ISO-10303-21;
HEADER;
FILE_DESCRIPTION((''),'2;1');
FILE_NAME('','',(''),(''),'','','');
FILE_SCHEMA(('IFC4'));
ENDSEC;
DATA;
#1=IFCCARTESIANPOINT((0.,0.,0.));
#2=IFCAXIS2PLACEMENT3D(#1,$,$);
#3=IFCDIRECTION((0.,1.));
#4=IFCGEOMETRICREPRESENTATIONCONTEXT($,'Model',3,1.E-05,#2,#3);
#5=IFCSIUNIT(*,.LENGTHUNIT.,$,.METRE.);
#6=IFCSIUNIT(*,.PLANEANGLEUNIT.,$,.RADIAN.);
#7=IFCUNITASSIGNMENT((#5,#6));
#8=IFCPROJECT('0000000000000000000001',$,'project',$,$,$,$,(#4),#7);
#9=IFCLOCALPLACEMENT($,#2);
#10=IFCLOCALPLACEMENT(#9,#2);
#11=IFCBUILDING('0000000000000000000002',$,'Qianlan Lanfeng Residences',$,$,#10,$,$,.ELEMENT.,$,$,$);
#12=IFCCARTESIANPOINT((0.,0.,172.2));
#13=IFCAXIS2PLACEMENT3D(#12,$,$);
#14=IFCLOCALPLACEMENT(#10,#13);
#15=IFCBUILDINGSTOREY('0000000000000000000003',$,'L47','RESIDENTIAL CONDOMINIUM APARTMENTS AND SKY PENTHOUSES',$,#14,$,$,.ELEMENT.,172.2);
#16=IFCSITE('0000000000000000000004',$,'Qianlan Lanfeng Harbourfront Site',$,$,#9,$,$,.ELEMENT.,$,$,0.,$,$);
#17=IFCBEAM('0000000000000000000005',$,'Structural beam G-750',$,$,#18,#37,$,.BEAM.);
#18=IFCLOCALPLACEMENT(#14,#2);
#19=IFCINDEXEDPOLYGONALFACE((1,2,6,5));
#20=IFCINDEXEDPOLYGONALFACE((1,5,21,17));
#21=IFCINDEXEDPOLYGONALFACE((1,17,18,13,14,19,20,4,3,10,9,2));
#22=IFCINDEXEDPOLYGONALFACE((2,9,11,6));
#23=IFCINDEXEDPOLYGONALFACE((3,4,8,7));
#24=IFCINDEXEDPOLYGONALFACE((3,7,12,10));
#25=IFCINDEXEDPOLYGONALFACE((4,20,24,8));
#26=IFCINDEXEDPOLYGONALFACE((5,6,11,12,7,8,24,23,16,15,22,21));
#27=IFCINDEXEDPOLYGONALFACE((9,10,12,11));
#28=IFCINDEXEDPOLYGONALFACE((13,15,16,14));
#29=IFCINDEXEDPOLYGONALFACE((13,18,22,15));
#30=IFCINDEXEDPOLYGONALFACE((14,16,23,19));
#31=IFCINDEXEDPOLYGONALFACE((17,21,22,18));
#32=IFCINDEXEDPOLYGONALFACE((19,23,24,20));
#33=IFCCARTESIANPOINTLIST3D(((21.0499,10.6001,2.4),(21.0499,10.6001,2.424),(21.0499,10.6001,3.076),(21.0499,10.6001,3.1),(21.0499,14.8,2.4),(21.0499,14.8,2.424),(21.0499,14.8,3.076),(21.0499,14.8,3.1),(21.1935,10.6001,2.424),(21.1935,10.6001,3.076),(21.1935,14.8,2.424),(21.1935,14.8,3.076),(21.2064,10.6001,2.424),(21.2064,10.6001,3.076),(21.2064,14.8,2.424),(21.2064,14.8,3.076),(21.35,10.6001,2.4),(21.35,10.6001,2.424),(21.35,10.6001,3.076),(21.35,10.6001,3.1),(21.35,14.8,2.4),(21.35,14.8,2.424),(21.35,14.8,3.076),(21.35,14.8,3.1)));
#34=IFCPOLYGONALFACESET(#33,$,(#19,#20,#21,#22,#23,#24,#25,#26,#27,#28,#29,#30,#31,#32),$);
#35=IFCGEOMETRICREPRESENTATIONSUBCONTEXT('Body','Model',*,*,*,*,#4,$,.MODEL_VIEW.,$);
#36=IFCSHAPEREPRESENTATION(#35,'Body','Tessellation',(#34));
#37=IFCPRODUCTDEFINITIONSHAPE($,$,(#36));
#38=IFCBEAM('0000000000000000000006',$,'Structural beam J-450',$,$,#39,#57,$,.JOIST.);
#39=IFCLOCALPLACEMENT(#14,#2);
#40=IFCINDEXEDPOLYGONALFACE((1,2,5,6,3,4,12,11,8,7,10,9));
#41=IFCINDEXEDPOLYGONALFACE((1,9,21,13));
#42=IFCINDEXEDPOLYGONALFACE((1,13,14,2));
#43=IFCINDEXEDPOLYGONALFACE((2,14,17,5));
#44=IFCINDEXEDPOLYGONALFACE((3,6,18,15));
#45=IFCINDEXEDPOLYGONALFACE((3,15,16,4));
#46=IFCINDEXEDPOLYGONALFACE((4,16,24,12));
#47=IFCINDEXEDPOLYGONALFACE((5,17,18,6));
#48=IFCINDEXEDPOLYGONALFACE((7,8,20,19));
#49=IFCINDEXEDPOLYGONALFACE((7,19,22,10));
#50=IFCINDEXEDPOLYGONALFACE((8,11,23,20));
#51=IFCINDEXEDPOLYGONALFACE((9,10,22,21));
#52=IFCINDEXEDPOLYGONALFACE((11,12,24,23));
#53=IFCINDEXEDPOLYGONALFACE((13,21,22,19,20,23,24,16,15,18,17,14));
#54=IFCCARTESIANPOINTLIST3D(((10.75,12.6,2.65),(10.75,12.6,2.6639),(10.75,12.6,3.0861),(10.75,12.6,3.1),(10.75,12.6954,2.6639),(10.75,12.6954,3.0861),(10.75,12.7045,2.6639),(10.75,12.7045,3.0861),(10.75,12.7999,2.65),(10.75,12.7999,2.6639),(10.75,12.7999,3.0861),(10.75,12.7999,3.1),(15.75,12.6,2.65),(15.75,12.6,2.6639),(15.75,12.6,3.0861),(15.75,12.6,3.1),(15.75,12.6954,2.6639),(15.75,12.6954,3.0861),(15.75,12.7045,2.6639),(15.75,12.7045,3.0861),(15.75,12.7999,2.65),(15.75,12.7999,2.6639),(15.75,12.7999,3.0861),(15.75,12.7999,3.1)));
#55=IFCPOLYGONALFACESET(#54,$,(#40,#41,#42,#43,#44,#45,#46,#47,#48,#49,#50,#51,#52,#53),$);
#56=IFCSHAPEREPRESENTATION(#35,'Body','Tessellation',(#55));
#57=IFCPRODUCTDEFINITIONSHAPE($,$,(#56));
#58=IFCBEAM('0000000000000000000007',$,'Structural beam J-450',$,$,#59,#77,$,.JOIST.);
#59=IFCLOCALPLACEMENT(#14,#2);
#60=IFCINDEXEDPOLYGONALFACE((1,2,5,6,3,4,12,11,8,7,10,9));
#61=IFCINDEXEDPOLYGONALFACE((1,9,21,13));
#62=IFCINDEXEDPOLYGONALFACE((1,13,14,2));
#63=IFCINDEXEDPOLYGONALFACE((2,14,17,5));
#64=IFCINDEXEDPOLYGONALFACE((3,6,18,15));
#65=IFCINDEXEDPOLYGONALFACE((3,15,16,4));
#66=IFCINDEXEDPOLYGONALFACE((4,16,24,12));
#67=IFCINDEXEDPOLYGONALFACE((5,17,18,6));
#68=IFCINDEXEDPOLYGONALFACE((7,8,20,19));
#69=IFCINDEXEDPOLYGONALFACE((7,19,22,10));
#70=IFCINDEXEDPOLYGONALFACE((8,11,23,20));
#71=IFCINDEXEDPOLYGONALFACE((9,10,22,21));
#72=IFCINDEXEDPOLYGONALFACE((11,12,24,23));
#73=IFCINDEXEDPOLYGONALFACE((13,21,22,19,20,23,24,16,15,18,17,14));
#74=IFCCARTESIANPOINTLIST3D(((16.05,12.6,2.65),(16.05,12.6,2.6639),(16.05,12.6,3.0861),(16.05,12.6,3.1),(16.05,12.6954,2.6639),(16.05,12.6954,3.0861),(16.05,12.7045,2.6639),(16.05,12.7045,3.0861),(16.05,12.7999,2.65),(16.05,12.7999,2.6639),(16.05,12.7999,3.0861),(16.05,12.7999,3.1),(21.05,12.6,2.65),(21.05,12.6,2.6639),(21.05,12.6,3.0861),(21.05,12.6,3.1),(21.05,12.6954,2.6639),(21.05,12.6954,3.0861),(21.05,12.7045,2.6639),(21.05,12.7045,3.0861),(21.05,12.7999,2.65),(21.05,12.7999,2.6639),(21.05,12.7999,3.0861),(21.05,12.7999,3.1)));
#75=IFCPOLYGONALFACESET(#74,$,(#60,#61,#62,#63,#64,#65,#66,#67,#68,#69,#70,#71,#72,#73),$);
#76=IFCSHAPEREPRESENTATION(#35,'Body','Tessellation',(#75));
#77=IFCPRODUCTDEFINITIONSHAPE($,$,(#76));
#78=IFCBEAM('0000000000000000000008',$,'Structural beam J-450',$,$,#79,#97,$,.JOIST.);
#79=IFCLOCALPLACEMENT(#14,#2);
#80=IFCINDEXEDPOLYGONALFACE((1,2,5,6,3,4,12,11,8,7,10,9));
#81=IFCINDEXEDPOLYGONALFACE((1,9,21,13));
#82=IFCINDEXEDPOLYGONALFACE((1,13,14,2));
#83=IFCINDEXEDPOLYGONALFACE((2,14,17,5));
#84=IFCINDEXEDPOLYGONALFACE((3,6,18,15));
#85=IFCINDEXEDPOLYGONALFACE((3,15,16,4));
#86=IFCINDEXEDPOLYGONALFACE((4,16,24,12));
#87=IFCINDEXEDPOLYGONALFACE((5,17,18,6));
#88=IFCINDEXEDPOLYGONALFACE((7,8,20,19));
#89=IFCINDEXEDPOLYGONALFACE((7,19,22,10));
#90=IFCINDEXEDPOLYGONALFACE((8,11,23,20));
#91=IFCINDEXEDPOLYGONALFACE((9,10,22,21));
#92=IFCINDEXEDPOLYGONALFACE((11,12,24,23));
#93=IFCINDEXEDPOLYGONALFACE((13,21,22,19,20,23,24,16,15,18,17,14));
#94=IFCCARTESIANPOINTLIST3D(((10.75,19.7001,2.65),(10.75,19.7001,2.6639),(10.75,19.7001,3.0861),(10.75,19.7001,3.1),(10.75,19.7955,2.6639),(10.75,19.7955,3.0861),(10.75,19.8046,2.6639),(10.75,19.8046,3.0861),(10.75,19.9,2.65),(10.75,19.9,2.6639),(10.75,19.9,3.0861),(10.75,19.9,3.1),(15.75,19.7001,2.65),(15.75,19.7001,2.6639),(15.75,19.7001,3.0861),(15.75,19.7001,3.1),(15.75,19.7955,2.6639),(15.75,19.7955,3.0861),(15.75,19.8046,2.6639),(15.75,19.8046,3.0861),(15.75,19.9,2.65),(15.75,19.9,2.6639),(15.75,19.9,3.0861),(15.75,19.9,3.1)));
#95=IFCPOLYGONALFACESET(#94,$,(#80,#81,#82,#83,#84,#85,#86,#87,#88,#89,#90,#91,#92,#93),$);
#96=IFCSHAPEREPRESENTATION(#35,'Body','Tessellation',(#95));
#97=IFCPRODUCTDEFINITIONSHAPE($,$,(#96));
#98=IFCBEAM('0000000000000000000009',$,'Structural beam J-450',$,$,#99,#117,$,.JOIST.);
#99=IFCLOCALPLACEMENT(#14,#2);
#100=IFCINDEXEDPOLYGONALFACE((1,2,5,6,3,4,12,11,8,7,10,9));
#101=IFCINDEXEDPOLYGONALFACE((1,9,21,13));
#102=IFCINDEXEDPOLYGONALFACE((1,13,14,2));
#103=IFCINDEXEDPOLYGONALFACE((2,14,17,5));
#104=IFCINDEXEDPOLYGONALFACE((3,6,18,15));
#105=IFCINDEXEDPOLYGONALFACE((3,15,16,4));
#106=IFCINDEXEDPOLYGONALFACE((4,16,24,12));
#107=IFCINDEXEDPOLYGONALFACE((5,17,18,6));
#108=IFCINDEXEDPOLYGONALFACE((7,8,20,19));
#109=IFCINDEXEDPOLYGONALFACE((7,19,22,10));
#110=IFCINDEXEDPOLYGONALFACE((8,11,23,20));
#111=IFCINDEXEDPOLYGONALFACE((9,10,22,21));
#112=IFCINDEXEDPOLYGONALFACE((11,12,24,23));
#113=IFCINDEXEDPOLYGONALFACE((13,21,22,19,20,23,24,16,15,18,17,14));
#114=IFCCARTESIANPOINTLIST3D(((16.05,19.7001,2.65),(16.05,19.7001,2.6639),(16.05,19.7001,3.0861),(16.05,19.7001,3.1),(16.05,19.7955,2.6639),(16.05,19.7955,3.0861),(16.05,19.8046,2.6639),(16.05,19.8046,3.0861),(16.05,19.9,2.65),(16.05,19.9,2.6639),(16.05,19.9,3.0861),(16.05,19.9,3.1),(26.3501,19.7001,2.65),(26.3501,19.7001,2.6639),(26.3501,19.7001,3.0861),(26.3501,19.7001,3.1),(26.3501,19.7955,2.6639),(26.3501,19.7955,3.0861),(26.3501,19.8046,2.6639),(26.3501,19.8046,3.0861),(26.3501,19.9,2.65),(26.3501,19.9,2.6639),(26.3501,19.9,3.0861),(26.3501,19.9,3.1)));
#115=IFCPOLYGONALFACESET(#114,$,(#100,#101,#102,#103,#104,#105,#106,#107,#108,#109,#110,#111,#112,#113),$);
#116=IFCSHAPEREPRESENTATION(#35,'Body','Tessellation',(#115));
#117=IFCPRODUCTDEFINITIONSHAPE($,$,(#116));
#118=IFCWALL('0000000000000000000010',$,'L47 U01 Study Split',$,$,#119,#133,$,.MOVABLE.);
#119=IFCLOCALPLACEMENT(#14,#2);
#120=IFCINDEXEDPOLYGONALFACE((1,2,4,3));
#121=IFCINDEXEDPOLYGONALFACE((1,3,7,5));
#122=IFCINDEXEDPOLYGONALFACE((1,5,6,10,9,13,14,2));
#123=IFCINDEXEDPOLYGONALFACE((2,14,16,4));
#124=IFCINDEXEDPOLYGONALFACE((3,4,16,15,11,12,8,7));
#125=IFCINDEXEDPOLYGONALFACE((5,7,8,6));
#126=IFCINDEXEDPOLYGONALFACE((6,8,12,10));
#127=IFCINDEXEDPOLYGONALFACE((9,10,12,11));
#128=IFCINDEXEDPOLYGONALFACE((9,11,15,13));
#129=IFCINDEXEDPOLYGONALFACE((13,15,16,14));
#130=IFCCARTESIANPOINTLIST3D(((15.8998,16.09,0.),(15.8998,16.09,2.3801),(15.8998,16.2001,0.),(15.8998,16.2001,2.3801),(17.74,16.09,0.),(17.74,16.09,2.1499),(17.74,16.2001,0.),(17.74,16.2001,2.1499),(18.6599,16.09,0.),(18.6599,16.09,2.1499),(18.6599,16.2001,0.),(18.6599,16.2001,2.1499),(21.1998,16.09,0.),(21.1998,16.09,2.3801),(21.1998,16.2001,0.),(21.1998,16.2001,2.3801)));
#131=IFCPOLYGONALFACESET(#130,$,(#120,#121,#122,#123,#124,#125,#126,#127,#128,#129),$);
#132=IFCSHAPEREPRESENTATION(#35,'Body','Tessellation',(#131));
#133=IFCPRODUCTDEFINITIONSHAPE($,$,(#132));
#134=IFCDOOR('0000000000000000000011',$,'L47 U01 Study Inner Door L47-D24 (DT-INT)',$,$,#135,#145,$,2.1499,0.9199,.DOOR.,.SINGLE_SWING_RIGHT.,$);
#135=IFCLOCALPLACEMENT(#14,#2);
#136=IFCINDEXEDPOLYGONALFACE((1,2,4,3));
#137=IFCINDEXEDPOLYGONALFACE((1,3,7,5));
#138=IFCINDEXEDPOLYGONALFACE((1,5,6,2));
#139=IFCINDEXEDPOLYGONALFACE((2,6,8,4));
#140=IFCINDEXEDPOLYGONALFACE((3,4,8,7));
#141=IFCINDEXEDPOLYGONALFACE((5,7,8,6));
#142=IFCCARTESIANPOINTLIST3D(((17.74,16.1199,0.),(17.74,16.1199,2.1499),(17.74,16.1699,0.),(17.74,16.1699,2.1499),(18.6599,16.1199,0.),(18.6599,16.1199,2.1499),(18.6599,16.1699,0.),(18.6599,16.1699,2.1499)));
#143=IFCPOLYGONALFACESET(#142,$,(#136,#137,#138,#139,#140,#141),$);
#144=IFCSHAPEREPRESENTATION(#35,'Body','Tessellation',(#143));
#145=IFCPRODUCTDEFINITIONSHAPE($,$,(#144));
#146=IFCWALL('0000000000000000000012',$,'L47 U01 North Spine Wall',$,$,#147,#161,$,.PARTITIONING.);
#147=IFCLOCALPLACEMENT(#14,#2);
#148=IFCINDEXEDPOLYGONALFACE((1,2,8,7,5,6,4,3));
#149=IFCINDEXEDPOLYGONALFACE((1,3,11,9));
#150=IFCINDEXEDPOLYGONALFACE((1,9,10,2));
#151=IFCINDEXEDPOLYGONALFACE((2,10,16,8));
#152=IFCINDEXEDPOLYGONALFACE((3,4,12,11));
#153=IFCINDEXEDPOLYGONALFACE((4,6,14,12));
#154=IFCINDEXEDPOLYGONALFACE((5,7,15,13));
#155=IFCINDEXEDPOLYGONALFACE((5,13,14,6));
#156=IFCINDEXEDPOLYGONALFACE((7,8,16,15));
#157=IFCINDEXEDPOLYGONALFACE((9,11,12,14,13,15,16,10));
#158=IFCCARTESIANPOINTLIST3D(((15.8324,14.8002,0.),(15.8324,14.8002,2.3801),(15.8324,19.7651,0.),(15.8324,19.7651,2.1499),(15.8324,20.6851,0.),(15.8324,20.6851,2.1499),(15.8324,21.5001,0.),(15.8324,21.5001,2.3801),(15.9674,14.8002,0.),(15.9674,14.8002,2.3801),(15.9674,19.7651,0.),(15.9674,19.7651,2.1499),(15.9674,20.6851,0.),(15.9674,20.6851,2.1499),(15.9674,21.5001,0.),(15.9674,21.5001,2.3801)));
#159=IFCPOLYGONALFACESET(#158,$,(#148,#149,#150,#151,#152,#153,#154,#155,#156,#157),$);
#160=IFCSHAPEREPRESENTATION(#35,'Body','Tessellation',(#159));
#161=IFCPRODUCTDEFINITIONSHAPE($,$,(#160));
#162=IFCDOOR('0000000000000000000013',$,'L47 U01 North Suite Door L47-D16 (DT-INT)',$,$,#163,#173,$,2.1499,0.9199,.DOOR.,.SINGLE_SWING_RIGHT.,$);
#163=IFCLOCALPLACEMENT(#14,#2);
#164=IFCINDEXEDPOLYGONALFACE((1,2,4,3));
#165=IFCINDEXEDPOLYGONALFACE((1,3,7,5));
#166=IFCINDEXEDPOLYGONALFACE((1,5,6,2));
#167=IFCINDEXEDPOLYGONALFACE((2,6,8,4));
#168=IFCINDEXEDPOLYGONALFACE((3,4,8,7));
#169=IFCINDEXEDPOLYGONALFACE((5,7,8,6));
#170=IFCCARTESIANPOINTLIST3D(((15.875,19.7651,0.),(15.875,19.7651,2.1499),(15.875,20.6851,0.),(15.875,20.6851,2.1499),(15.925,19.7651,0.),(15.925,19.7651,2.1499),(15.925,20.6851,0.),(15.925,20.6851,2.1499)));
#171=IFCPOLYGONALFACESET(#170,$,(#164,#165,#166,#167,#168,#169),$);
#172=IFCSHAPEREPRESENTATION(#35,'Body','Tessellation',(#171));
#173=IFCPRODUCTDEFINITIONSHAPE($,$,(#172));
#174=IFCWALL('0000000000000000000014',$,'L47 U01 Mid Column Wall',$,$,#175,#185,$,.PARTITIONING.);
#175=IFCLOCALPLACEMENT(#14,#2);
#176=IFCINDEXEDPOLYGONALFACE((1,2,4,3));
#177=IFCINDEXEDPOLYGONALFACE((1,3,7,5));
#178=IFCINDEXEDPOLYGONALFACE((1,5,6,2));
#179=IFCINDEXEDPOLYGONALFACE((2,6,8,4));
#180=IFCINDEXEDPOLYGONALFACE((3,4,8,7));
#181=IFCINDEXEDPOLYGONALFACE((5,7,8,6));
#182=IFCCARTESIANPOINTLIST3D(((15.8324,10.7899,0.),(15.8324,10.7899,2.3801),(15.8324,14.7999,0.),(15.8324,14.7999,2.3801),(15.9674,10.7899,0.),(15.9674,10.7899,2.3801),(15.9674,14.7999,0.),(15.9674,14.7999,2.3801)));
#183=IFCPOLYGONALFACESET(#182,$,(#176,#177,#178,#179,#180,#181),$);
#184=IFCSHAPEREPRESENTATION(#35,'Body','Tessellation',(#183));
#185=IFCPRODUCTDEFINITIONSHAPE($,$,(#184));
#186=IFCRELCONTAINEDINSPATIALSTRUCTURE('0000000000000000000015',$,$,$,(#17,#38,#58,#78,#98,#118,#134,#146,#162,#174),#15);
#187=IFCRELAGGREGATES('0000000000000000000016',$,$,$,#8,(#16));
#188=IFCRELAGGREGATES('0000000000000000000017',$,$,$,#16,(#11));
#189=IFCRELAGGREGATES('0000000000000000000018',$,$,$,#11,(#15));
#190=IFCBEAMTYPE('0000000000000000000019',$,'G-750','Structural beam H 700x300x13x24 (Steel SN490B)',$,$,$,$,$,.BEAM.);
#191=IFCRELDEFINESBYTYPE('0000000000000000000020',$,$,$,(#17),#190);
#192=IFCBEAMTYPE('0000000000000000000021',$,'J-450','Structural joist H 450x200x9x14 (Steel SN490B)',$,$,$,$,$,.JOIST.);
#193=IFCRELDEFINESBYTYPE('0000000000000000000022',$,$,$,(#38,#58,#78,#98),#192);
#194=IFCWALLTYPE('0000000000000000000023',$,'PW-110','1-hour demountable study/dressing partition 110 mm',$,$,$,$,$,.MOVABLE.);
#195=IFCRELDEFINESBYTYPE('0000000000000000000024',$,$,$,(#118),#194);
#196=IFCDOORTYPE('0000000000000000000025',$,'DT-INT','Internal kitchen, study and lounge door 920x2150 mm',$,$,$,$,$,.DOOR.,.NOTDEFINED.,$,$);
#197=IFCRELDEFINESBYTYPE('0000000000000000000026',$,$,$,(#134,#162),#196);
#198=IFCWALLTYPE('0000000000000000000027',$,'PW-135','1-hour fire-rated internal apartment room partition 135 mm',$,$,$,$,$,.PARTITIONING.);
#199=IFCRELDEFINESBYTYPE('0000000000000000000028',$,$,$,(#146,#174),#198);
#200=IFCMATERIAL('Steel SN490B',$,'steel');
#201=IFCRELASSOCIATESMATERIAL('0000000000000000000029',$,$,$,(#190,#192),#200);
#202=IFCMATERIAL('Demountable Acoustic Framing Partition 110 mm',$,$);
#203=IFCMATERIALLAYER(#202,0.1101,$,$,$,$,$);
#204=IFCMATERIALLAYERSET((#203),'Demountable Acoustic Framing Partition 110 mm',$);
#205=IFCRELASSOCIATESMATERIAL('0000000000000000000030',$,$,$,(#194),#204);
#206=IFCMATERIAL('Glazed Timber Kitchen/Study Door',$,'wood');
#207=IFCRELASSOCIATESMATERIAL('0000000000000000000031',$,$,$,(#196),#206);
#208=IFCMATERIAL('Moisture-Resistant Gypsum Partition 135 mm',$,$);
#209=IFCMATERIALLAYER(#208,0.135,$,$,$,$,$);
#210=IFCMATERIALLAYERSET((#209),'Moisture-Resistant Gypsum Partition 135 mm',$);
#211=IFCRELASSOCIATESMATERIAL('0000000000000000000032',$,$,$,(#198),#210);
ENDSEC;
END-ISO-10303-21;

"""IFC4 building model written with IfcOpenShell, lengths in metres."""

from ifc_helpers import new_model, si_unit, direction, frame, frame_2d, origin, origin_2d, place, context, subcontext, project, spatial, rectangle, i_section, extrude, material, layer, layer_set, material_profile, profile_set, type_object, element, fill, save


model = new_model("IFC4")

# Units and contexts
model_context = context("Model", 3, precision=1e-05, world=origin(), true_north=direction((0.0, 1.0)))
body_context = subcontext(model_context, "Body", "Model", "MODEL_VIEW")
ifc_project = project(units=[si_unit("LENGTHUNIT", "METRE"), si_unit("PLANEANGLEUNIT", "RADIAN")], contexts=[model_context])

# Site, building, storey
site_placement = place(None, origin())
site = spatial("IfcSite", under=ifc_project, at=site_placement, Name="Qianlan Lanfeng Harbourfront Site", CompositionType="ELEMENT", RefElevation=0.0)
building_placement = place(site_placement, origin())
building = spatial("IfcBuilding", under=site, at=building_placement, Name="Qianlan Lanfeng Residences", CompositionType="ELEMENT")
storey_placement = place(building_placement, frame((0.0, 0.0, 172.2)))
storey = spatial("IfcBuildingStorey", under=building, at=storey_placement, Name="L47", Description="RESIDENTIAL CONDOMINIUM APARTMENTS AND SKY PENTHOUSES", CompositionType="ELEMENT", Elevation=172.2)

# Shared definitions
ifc_material_1 = material(Name="Steel SN490B", Category="steel")

# Beams
ifc_material_profile_1 = material_profile(ifc_material_1, i_section(OverallWidth=0.3, OverallDepth=0.7, WebThickness=0.0129, FlangeThickness=0.0239, at=origin_2d()), Name="H 700x300x13x24")
ifc_profile_set_1 = profile_set([ifc_material_profile_1], Name="Steel SN490B")
beam_type_1 = type_object("IfcBeamType", Name="G-750", Description="Structural beam H 700x300x13x24 (Steel SN490B)", PredefinedType="BEAM", material=ifc_profile_set_1)
beam_1_placement = place(storey_placement, frame((21.2, 10.6001, 2.75), z_axis=(0.0, 1.0, 0.0), x_axis=(-1.0, 0.0, 0.0)))
element("IfcBeam", 1, at=beam_1_placement, inside=storey, type_object=beam_type_1, Name="Structural beam G-750", PredefinedType="BEAM", context=body_context, shape_type="SweptSolid", body=[
    extrude(i_section(OverallWidth=0.3, OverallDepth=0.7, WebThickness=0.0129, FlangeThickness=0.0239, at=origin_2d()), origin(), (0.0, 0.0, 1.0), 4.2),
])
ifc_material_profile_2 = material_profile(ifc_material_1, i_section(OverallWidth=0.2, OverallDepth=0.45, WebThickness=0.009, FlangeThickness=0.0139, at=origin_2d()), Name="H 450x200x9x14")
ifc_profile_set_2 = profile_set([ifc_material_profile_2], Name="Steel SN490B")
beam_type_2 = type_object("IfcBeamType", Name="J-450", Description="Structural joist H 450x200x9x14 (Steel SN490B)", PredefinedType="JOIST", material=ifc_profile_set_2)
for number, where, z_axis, x_axis, name in (
    (2, (10.75, 12.7, 2.875), (1.0, 0.0, 0.0), (0.0, 1.0, 0.0), "Structural beam J-450"),
    (3, (16.05, 12.7, 2.875), (1.0, 0.0, 0.0), (0.0, 1.0, 0.0), "Structural beam J-450"),
    (4, (10.75, 19.8, 2.875), (1.0, 0.0, 0.0), (0.0, 1.0, 0.0), "Structural beam J-450"),
):
    element("IfcBeam", number, at=place(storey_placement, frame(where, z_axis=z_axis, x_axis=x_axis)), inside=storey, type_object=beam_type_2, Name=name, PredefinedType="JOIST", context=body_context, shape_type="SweptSolid", body=[
        extrude(i_section(OverallWidth=0.2, OverallDepth=0.45, WebThickness=0.009, FlangeThickness=0.0139, at=origin_2d()), origin(), (0.0, 0.0, 1.0), 5.0),
    ])
beam_2_placement = place(storey_placement, frame((16.05, 19.8, 2.875), z_axis=(1.0, 0.0, 0.0), x_axis=(0.0, 1.0, 0.0)))
element("IfcBeam", 5, at=beam_2_placement, inside=storey, type_object=beam_type_2, Name="Structural beam J-450", PredefinedType="JOIST", context=body_context, shape_type="SweptSolid", body=[
    extrude(i_section(OverallWidth=0.2, OverallDepth=0.45, WebThickness=0.009, FlangeThickness=0.0139, at=origin_2d()), origin(), (0.0, 0.0, 1.0), 10.3),
])

# Walls, openings, doors
ifc_material_2 = material(Name="Demountable Acoustic Framing Partition 110 mm")
ifc_layer_1 = layer(ifc_material_2, 0.1101)
ifc_layer_set_1 = layer_set([ifc_layer_1], Name="Demountable Acoustic Framing Partition 110 mm")
wall_type_1 = type_object("IfcWallType", Name="PW-110", Description="1-hour demountable study/dressing partition 110 mm", PredefinedType="MOVABLE", material=ifc_layer_set_1)
wall_1_placement = place(storey_placement, frame((15.8999, 16.145, 0.0), z_axis=(0.0, 0.0, 1.0), x_axis=(1.0, 0.0, 0.0)))
wall_1 = element("IfcWall", 6, at=wall_1_placement, inside=storey, type_object=wall_type_1, Name="L47 U01 Study Split", PredefinedType="MOVABLE", context=body_context, shape_type="SweptSolid", body=[
    extrude(rectangle(XDim=5.3, YDim=0.1101, at=frame_2d((2.6499, 0.0))), origin(), (0.0, 0.0, 1.0), 2.3801),
])
opening_1_placement = place(wall_1_placement, frame((1.8401, 0.0, 0.0)))
opening_1 = element("IfcOpeningElement", 7, at=opening_1_placement, cuts=wall_1, PredefinedType="OPENING", context=body_context, shape_type="SweptSolid", body=[
    extrude(rectangle(XDim=0.9199, YDim=2.1499, at=frame_2d((0.46, 1.075))), frame((0.0, 0.0649, 0.0), z_axis=(0.0, -1.0, 0.0), x_axis=(1.0, 0.0, 0.0)), (0.0, 0.0, 1.0), 0.1301),
])
ifc_material_3 = material(Name="Glazed Timber Kitchen/Study Door", Category="wood")
door_type_1 = type_object("IfcDoorType", Name="DT-INT", Description="Internal kitchen, study and lounge door 920x2150 mm", OperationType="NOTDEFINED", PredefinedType="DOOR", material=ifc_material_3)
door_1_placement = place(opening_1_placement, origin())
door_1 = element("IfcDoor", 8, at=door_1_placement, inside=storey, type_object=door_type_1, Name="L47 U01 Study Inner Door L47-D24 (DT-INT)", OperationType="SINGLE_SWING_RIGHT", OverallHeight=2.1499, OverallWidth=0.9199, PredefinedType="DOOR", context=body_context, shape_type="SweptSolid", body=[
    extrude(rectangle(XDim=0.9199, YDim=2.1499, at=frame_2d((0.46, 1.075))), frame((0.0, 0.0249, 0.0), z_axis=(0.0, -1.0, 0.0), x_axis=(1.0, 0.0, 0.0)), (0.0, 0.0, 1.0), 0.05),
])
fill(opening_1, door_1)
ifc_material_4 = material(Name="Moisture-Resistant Gypsum Partition 135 mm")
ifc_layer_2 = layer(ifc_material_4, 0.135)
ifc_layer_set_2 = layer_set([ifc_layer_2], Name="Moisture-Resistant Gypsum Partition 135 mm")
wall_type_2 = type_object("IfcWallType", Name="PW-135", Description="1-hour fire-rated internal apartment room partition 135 mm", PredefinedType="PARTITIONING", material=ifc_layer_set_2)
wall_2_placement = place(storey_placement, frame((15.8999, 14.8, 0.0), z_axis=(0.0, 0.0, 1.0), x_axis=(0.0, 1.0, 0.0)))
wall_2 = element("IfcWall", 9, at=wall_2_placement, inside=storey, type_object=wall_type_2, Name="L47 U01 North Spine Wall", PredefinedType="PARTITIONING", context=body_context, shape_type="SweptSolid", body=[
    extrude(rectangle(XDim=6.7, YDim=0.135, at=frame_2d((3.3501, 0.0))), origin(), (0.0, 0.0, 1.0), 2.3801),
])
opening_2_placement = place(wall_2_placement, frame((4.9651, 0.0, 0.0)))
opening_2 = element("IfcOpeningElement", 10, at=opening_2_placement, cuts=wall_2, PredefinedType="OPENING", context=body_context, shape_type="SweptSolid", body=[
    extrude(rectangle(XDim=0.9199, YDim=2.1499, at=frame_2d((0.46, 1.075))), frame((0.0, 0.0776, 0.0), z_axis=(0.0, -1.0, 0.0), x_axis=(1.0, 0.0, 0.0)), (0.0, 0.0, 1.0), 0.155),
])
door_2_placement = place(opening_2_placement, origin())
door_2 = element("IfcDoor", 11, at=door_2_placement, inside=storey, type_object=door_type_1, Name="L47 U01 North Suite Door L47-D16 (DT-INT)", OperationType="SINGLE_SWING_RIGHT", OverallHeight=2.1499, OverallWidth=0.9199, PredefinedType="DOOR", context=body_context, shape_type="SweptSolid", body=[
    extrude(rectangle(XDim=0.9199, YDim=2.1499, at=frame_2d((0.46, 1.075))), frame((0.0, 0.0249, 0.0), z_axis=(0.0, -1.0, 0.0), x_axis=(1.0, 0.0, 0.0)), (0.0, 0.0, 1.0), 0.05),
])
fill(opening_2, door_2)

# Wall
wall_3_placement = place(storey_placement, frame((15.8999, 10.79, 0.0), z_axis=(0.0, 0.0, 1.0), x_axis=(0.0, 1.0, 0.0)))
element("IfcWall", 12, at=wall_3_placement, inside=storey, type_object=wall_type_2, Name="L47 U01 Mid Column Wall", PredefinedType="PARTITIONING", context=body_context, shape_type="SweptSolid", body=[
    extrude(rectangle(XDim=4.01, YDim=0.135, at=frame_2d((2.0049, 0.0))), origin(), (0.0, 0.0, 1.0), 2.3801),
])

save(model, "model.ifc")
